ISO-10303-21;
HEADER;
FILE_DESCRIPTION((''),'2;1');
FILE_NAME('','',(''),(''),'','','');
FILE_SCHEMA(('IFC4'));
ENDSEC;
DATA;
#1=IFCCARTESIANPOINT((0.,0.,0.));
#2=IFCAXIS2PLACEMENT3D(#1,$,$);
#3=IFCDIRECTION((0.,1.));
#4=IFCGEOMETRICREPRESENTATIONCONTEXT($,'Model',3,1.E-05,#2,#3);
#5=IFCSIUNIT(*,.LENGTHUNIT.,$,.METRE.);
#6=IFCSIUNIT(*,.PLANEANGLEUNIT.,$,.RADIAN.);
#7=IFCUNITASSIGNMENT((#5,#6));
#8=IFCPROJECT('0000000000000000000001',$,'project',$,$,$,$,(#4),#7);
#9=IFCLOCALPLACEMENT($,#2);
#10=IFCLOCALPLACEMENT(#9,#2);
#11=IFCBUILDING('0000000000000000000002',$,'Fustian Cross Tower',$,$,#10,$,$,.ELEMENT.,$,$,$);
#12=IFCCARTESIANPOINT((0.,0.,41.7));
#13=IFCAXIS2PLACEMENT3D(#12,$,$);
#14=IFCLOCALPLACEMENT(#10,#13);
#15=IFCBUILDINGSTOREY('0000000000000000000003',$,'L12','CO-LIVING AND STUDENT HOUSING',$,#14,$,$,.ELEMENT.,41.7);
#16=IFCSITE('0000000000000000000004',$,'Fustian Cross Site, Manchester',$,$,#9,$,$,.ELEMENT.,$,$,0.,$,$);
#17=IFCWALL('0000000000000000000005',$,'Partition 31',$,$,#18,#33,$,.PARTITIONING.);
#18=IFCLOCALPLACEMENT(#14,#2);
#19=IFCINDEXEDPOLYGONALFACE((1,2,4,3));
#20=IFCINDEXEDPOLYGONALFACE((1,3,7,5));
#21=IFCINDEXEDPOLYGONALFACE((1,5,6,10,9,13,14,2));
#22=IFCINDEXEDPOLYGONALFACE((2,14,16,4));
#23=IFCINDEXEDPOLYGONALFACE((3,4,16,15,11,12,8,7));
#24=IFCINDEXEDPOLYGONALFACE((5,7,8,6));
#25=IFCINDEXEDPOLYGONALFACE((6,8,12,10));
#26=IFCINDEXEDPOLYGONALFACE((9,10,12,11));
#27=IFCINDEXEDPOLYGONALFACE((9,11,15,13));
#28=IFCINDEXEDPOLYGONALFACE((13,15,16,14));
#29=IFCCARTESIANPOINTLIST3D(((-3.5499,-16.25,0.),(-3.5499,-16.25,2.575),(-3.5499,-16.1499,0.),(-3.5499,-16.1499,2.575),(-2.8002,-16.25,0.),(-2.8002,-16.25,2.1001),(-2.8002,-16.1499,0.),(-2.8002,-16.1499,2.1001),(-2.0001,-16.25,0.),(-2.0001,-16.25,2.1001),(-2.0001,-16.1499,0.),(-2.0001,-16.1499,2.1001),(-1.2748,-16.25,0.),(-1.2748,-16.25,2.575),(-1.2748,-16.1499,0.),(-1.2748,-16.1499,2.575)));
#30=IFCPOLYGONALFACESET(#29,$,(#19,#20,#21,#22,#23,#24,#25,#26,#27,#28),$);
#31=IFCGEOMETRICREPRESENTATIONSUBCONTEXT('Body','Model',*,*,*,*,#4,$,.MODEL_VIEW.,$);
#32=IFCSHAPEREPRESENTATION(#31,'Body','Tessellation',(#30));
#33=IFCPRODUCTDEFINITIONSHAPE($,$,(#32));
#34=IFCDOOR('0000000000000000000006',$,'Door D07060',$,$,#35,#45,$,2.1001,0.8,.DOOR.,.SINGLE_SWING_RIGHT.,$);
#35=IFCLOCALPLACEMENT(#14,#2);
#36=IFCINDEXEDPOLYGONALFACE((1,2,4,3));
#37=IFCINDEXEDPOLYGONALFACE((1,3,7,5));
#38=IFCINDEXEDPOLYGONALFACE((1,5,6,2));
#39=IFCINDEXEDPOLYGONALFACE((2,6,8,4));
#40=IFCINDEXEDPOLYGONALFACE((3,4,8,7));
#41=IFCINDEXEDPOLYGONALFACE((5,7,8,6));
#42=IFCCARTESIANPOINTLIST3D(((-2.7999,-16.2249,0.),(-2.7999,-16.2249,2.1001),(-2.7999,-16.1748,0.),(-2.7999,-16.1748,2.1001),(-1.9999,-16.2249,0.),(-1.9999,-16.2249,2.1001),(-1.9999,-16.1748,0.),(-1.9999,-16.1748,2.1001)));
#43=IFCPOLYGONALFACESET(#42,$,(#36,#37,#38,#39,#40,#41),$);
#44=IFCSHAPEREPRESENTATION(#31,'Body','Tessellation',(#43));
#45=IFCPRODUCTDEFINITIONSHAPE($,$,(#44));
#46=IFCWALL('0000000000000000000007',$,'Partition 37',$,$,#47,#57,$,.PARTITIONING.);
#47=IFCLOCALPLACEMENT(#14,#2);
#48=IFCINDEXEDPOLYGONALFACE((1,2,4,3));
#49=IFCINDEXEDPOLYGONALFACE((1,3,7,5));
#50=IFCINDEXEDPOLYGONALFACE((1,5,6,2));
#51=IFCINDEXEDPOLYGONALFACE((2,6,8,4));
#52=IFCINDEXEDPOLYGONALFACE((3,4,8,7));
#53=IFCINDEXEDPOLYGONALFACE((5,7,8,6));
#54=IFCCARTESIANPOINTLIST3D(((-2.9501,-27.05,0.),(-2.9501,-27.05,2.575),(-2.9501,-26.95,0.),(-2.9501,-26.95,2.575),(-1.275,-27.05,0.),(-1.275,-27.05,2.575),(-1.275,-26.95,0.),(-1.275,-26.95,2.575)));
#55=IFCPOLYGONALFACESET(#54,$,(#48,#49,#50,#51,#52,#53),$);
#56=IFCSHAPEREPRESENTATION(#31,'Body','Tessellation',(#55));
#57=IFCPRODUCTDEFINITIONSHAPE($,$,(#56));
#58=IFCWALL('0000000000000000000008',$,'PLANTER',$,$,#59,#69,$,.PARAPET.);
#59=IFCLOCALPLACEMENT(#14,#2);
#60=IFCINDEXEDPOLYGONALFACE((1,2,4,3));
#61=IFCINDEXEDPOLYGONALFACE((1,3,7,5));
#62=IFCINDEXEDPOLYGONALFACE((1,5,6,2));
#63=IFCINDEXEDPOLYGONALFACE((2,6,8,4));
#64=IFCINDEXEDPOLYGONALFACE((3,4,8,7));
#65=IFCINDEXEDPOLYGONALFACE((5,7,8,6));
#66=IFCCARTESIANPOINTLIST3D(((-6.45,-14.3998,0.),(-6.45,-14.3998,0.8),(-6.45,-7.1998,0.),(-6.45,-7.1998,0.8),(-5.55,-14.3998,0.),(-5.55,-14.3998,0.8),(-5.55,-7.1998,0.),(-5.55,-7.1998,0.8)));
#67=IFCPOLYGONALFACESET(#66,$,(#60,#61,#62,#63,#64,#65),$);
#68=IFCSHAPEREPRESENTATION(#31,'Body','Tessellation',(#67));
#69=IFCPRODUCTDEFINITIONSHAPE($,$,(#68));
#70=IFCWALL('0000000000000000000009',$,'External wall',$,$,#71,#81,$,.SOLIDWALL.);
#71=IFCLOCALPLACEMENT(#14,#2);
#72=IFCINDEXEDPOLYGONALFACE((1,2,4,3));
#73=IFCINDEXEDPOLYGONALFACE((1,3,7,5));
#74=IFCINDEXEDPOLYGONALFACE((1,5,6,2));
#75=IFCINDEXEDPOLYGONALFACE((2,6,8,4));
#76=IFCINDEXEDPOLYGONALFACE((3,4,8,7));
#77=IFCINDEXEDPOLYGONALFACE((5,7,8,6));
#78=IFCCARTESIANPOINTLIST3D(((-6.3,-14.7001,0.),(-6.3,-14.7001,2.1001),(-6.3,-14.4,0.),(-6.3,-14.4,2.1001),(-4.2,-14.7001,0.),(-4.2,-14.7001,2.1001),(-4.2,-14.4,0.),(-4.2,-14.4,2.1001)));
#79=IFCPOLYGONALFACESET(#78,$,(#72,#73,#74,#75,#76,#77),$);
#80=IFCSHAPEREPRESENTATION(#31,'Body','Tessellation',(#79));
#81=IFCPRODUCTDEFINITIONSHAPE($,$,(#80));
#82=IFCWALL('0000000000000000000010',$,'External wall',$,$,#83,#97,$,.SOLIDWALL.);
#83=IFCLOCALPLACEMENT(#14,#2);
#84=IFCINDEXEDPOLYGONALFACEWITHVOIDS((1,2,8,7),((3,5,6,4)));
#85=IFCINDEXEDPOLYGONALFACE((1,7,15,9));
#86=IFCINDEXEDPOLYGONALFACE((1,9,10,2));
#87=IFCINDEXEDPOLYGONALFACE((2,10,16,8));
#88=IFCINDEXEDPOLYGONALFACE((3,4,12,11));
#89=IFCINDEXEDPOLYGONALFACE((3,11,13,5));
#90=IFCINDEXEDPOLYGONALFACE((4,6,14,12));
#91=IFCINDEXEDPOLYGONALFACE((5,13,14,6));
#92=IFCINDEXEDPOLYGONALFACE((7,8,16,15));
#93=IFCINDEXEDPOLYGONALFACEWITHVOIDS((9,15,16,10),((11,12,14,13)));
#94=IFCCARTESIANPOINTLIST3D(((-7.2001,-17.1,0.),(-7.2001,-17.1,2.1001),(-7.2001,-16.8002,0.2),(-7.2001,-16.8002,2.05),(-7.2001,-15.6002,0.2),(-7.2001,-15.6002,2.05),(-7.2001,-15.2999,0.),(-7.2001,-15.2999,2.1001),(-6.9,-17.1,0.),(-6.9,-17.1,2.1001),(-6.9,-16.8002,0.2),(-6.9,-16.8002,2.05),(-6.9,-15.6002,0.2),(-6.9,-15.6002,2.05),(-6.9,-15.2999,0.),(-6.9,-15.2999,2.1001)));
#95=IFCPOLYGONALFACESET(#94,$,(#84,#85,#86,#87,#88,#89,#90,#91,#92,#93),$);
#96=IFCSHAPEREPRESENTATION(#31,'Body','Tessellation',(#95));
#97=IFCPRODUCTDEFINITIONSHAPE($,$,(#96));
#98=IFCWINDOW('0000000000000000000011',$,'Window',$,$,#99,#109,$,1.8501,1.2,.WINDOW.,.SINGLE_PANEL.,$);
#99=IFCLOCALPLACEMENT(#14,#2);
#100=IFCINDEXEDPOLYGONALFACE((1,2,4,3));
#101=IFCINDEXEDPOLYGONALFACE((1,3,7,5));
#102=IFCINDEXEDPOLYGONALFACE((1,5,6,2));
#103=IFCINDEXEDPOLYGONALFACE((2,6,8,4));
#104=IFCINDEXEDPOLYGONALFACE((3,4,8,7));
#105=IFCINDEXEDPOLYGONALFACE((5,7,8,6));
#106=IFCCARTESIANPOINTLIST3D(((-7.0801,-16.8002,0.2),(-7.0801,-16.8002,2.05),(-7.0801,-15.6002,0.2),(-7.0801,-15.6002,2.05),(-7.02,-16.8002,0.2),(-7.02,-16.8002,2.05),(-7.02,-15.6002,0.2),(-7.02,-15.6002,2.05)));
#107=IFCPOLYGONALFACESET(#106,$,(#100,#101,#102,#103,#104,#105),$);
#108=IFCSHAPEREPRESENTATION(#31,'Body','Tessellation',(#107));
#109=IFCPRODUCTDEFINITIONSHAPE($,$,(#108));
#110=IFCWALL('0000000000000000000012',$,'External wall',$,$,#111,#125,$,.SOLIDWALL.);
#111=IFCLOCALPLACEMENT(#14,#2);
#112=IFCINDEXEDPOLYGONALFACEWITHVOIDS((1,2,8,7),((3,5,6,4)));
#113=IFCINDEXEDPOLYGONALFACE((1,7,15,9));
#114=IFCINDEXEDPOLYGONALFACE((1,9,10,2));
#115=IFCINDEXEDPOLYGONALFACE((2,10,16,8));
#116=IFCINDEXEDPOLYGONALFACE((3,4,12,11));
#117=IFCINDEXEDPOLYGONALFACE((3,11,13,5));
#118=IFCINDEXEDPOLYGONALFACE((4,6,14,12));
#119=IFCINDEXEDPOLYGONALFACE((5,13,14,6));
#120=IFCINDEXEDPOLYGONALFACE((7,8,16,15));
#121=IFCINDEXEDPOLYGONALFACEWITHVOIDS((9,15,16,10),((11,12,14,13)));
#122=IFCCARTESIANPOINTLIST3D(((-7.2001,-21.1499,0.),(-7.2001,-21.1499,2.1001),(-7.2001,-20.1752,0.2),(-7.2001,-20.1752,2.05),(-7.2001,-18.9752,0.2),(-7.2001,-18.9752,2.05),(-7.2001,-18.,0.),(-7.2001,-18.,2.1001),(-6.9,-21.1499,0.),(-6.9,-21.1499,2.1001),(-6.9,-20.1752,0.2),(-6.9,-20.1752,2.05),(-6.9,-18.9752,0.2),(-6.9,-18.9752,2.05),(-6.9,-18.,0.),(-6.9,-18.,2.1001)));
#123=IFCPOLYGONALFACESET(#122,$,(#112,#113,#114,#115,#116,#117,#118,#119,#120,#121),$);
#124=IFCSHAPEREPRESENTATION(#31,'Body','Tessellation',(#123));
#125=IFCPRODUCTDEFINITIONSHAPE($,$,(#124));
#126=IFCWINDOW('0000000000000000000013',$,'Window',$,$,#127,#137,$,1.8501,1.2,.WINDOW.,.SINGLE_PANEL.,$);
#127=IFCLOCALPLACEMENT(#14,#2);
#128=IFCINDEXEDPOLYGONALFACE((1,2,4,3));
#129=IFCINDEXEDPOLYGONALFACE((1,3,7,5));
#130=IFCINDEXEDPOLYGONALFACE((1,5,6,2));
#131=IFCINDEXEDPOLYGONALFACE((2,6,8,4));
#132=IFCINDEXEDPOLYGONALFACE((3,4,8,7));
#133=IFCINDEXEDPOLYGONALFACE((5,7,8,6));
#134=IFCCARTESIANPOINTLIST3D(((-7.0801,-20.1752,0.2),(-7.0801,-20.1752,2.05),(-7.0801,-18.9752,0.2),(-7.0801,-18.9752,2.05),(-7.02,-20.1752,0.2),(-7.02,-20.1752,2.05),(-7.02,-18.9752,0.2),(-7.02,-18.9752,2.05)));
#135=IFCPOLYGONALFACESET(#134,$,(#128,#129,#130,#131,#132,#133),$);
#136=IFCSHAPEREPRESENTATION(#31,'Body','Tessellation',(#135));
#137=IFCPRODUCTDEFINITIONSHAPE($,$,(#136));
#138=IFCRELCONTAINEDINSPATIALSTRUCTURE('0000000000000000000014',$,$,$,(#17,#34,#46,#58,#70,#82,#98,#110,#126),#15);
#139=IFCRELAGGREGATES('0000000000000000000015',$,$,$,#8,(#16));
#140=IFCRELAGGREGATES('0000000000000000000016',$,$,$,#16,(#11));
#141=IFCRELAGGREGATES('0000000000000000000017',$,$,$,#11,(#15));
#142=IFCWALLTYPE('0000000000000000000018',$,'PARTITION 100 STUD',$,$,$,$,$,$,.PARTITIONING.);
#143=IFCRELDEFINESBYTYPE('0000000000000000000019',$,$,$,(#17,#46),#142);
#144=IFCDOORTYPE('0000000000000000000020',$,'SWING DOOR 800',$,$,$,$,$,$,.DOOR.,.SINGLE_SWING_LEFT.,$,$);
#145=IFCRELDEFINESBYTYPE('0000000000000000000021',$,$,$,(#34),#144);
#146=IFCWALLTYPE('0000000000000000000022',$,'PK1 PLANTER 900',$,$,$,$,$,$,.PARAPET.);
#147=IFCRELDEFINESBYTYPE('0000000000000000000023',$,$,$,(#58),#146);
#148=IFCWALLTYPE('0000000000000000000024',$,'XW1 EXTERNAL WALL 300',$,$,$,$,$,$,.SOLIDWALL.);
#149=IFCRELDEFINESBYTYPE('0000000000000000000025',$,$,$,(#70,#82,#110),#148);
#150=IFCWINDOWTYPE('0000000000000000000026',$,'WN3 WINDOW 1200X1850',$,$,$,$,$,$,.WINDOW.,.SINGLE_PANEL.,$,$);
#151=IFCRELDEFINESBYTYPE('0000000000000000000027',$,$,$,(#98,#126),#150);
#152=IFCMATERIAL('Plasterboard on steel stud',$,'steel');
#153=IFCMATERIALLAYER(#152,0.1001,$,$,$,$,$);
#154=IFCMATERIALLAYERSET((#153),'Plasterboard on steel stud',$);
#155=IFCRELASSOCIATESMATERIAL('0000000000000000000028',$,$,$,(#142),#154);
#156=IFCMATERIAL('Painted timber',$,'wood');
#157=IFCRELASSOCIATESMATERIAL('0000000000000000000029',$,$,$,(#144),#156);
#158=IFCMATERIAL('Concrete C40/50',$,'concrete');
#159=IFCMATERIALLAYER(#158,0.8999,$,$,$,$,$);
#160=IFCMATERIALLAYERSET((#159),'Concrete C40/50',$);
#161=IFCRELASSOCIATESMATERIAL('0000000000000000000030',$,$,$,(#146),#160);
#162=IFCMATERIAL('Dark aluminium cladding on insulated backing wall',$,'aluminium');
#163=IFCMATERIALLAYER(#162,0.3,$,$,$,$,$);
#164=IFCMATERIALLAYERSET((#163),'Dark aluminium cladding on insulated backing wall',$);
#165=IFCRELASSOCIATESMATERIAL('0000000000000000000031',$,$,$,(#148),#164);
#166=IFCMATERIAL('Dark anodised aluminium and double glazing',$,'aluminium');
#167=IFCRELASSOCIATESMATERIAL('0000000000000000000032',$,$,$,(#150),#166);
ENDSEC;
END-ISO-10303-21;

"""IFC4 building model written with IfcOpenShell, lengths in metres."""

from ifc_helpers import new_model, si_unit, direction, frame, frame_2d, origin, place, context, subcontext, project, spatial, rectangle, extrude, material, layer, layer_set, type_object, element, fill, save


model = new_model("IFC4")

# Units and contexts
model_context = context("Model", 3, precision=1e-05, world=origin(), true_north=direction((0.0, 1.0)))
body_context = subcontext(model_context, "Body", "Model", "MODEL_VIEW")
ifc_project = project(units=[si_unit("LENGTHUNIT", "METRE"), si_unit("PLANEANGLEUNIT", "RADIAN")], contexts=[model_context])

# Site, building, storey
site_placement = place(None, origin())
site = spatial("IfcSite", under=ifc_project, at=site_placement, Name="Fustian Cross Site, Manchester", CompositionType="ELEMENT", RefElevation=0.0)
building_placement = place(site_placement, origin())
building = spatial("IfcBuilding", under=site, at=building_placement, Name="Fustian Cross Tower", CompositionType="ELEMENT")
storey_placement = place(building_placement, frame((0.0, 0.0, 41.7)))
storey = spatial("IfcBuildingStorey", under=building, at=storey_placement, Name="L12", Description="CO-LIVING AND STUDENT HOUSING", CompositionType="ELEMENT", Elevation=41.7)

# Shared definitions
ifc_material_1 = material(Name="Plasterboard on steel stud", Category="steel")
ifc_layer_1 = layer(ifc_material_1, 0.1001)
ifc_layer_set_1 = layer_set([ifc_layer_1], Name="Plasterboard on steel stud")
wall_type_1 = type_object("IfcWallType", Name="PARTITION 100 STUD", PredefinedType="PARTITIONING", material=ifc_layer_set_1)

# Wall, opening, door
wall_1_placement = place(storey_placement, frame((-3.55, -16.2, 0.0), z_axis=(0.0, 0.0, 1.0), x_axis=(1.0, 0.0, 0.0)))
wall_1 = element("IfcWall", 1, at=wall_1_placement, inside=storey, type_object=wall_type_1, Name="Partition 31", PredefinedType="PARTITIONING", context=body_context, shape_type="SweptSolid", body=[
    extrude(rectangle(XDim=2.2751, YDim=0.1001, at=frame_2d((1.1377, 0.0))), origin(), (0.0, 0.0, 1.0), 2.575),
])
opening_1_placement = place(wall_1_placement, frame((0.75, 0.0, 0.0)))
opening_1 = element("IfcOpeningElement", 2, at=opening_1_placement, cuts=wall_1, PredefinedType="OPENING", context=body_context, shape_type="SweptSolid", body=[
    extrude(rectangle(XDim=0.8, YDim=2.1001, at=frame_2d((0.3999, 1.05))), frame((0.0, 0.0601, 0.0), z_axis=(0.0, -1.0, 0.0), x_axis=(1.0, 0.0, 0.0)), (0.0, 0.0, 1.0), 0.1201),
])
ifc_material_2 = material(Name="Painted timber", Category="wood")
door_type = type_object("IfcDoorType", Name="SWING DOOR 800", OperationType="SINGLE_SWING_LEFT", PredefinedType="DOOR", material=ifc_material_2)
door_placement = place(opening_1_placement, frame((0.8, 0.0, 0.0), z_axis=(0.0, 0.0, 1.0), x_axis=(-1.0, 0.0, 0.0)))
door = element("IfcDoor", 3, at=door_placement, inside=storey, type_object=door_type, Name="Door D07060", OperationType="SINGLE_SWING_RIGHT", OverallHeight=2.1001, OverallWidth=0.8, PredefinedType="DOOR", context=body_context, shape_type="SweptSolid", body=[
    extrude(rectangle(XDim=0.8, YDim=2.1001, at=frame_2d((0.3999, 1.05))), frame((0.0, 0.0249, 0.0), z_axis=(0.0, -1.0, 0.0), x_axis=(1.0, 0.0, 0.0)), (0.0, 0.0, 1.0), 0.05),
])
fill(opening_1, door)

# Walls
wall_2_placement = place(storey_placement, frame((-2.95, -27.0, 0.0), z_axis=(0.0, 0.0, 1.0), x_axis=(1.0, 0.0, 0.0)))
element("IfcWall", 4, at=wall_2_placement, inside=storey, type_object=wall_type_1, Name="Partition 37", PredefinedType="PARTITIONING", context=body_context, shape_type="SweptSolid", body=[
    extrude(rectangle(XDim=1.675, YDim=0.1001, at=frame_2d((0.8374, 0.0))), origin(), (0.0, 0.0, 1.0), 2.575),
])
ifc_material_3 = material(Name="Concrete C40/50", Category="concrete")
ifc_layer_2 = layer(ifc_material_3, 0.8999)
ifc_layer_set_2 = layer_set([ifc_layer_2], Name="Concrete C40/50")
wall_type_2 = type_object("IfcWallType", Name="PK1 PLANTER 900", PredefinedType="PARAPET", material=ifc_layer_set_2)
wall_3_placement = place(storey_placement, frame((-6.0, -14.3999, 0.0), z_axis=(0.0, 0.0, 1.0), x_axis=(0.0, 1.0, 0.0)))
element("IfcWall", 5, at=wall_3_placement, inside=storey, type_object=wall_type_2, Name="PLANTER", PredefinedType="PARAPET", context=body_context, shape_type="SweptSolid", body=[
    extrude(rectangle(XDim=7.2, YDim=0.8999, at=frame_2d((3.6001, 0.0))), origin(), (0.0, 0.0, 1.0), 0.8),
])
ifc_material_4 = material(Name="Dark aluminium cladding on insulated backing wall", Category="aluminium")
ifc_layer_3 = layer(ifc_material_4, 0.3)
ifc_layer_set_3 = layer_set([ifc_layer_3], Name="Dark aluminium cladding on insulated backing wall")
wall_type_3 = type_object("IfcWallType", Name="XW1 EXTERNAL WALL 300", PredefinedType="SOLIDWALL", material=ifc_layer_set_3)
wall_4_placement = place(storey_placement, frame((-4.2, -14.55, 0.0), z_axis=(0.0, 0.0, 1.0), x_axis=(-1.0, 0.0, 0.0)))
element("IfcWall", 6, at=wall_4_placement, inside=storey, type_object=wall_type_3, Name="External wall", PredefinedType="SOLIDWALL", context=body_context, shape_type="SweptSolid", body=[
    extrude(rectangle(XDim=2.1001, YDim=0.3, at=frame_2d((1.05, 0.0))), origin(), (0.0, 0.0, 1.0), 2.1001),
])

# Walls, openings, windows
wall_5_placement = place(storey_placement, frame((-7.05, -15.3, 0.0), z_axis=(0.0, 0.0, 1.0), x_axis=(0.0, -1.0, 0.0)))
wall_5 = element("IfcWall", 7, at=wall_5_placement, inside=storey, type_object=wall_type_3, Name="External wall", PredefinedType="SOLIDWALL", context=body_context, shape_type="SweptSolid", body=[
    extrude(rectangle(XDim=1.8, YDim=0.3, at=frame_2d((0.8999, 0.0))), origin(), (0.0, 0.0, 1.0), 2.1001),
])
opening_2_placement = place(wall_5_placement, frame((0.3, 0.0, 0.2)))
opening_2 = element("IfcOpeningElement", 8, at=opening_2_placement, cuts=wall_5, PredefinedType="OPENING", context=body_context, shape_type="SweptSolid", body=[
    extrude(rectangle(XDim=1.2, YDim=1.8501, at=frame_2d((0.6001, 0.925))), frame((0.0, 0.1599, 0.0), z_axis=(0.0, -1.0, 0.0), x_axis=(1.0, 0.0, 0.0)), (0.0, 0.0, 1.0), 0.3201),
])
ifc_material_5 = material(Name="Dark anodised aluminium and double glazing", Category="aluminium")
window_type = type_object("IfcWindowType", Name="WN3 WINDOW 1200X1850", PartitioningType="SINGLE_PANEL", PredefinedType="WINDOW", material=ifc_material_5)
window_1_placement = place(opening_2_placement, origin())
window_1 = element("IfcWindow", 9, at=window_1_placement, inside=storey, type_object=window_type, Name="Window", OverallHeight=1.8501, OverallWidth=1.2, PartitioningType="SINGLE_PANEL", PredefinedType="WINDOW", context=body_context, shape_type="SweptSolid", body=[
    extrude(rectangle(XDim=1.2, YDim=1.8501, at=frame_2d((0.6001, 0.925))), frame((0.0, 0.03, 0.0), z_axis=(0.0, -1.0, 0.0), x_axis=(1.0, 0.0, 0.0)), (0.0, 0.0, 1.0), 0.0601),
])
fill(opening_2, window_1)
wall_6_placement = place(storey_placement, frame((-7.05, -18.0, 0.0), z_axis=(0.0, 0.0, 1.0), x_axis=(0.0, -1.0, 0.0)))
wall_6 = element("IfcWall", 10, at=wall_6_placement, inside=storey, type_object=wall_type_3, Name="External wall", PredefinedType="SOLIDWALL", context=body_context, shape_type="SweptSolid", body=[
    extrude(rectangle(XDim=3.1499, YDim=0.3, at=frame_2d((1.575, 0.0))), origin(), (0.0, 0.0, 1.0), 2.1001),
])
opening_3_placement = place(wall_6_placement, frame((0.9751, 0.0, 0.2)))
opening_3 = element("IfcOpeningElement", 11, at=opening_3_placement, cuts=wall_6, PredefinedType="OPENING", context=body_context, shape_type="SweptSolid", body=[
    extrude(rectangle(XDim=1.2, YDim=1.8501, at=frame_2d((0.6001, 0.925))), frame((0.0, 0.1599, 0.0), z_axis=(0.0, -1.0, 0.0), x_axis=(1.0, 0.0, 0.0)), (0.0, 0.0, 1.0), 0.3201),
])
window_2_placement = place(opening_3_placement, origin())
window_2 = element("IfcWindow", 12, at=window_2_placement, inside=storey, type_object=window_type, Name="Window", OverallHeight=1.8501, OverallWidth=1.2, PartitioningType="SINGLE_PANEL", PredefinedType="WINDOW", context=body_context, shape_type="SweptSolid", body=[
    extrude(rectangle(XDim=1.2, YDim=1.8501, at=frame_2d((0.6001, 0.925))), frame((0.0, 0.03, 0.0), z_axis=(0.0, -1.0, 0.0), x_axis=(1.0, 0.0, 0.0)), (0.0, 0.0, 1.0), 0.0601),
])
fill(opening_3, window_2)

save(model, "model.ifc")
